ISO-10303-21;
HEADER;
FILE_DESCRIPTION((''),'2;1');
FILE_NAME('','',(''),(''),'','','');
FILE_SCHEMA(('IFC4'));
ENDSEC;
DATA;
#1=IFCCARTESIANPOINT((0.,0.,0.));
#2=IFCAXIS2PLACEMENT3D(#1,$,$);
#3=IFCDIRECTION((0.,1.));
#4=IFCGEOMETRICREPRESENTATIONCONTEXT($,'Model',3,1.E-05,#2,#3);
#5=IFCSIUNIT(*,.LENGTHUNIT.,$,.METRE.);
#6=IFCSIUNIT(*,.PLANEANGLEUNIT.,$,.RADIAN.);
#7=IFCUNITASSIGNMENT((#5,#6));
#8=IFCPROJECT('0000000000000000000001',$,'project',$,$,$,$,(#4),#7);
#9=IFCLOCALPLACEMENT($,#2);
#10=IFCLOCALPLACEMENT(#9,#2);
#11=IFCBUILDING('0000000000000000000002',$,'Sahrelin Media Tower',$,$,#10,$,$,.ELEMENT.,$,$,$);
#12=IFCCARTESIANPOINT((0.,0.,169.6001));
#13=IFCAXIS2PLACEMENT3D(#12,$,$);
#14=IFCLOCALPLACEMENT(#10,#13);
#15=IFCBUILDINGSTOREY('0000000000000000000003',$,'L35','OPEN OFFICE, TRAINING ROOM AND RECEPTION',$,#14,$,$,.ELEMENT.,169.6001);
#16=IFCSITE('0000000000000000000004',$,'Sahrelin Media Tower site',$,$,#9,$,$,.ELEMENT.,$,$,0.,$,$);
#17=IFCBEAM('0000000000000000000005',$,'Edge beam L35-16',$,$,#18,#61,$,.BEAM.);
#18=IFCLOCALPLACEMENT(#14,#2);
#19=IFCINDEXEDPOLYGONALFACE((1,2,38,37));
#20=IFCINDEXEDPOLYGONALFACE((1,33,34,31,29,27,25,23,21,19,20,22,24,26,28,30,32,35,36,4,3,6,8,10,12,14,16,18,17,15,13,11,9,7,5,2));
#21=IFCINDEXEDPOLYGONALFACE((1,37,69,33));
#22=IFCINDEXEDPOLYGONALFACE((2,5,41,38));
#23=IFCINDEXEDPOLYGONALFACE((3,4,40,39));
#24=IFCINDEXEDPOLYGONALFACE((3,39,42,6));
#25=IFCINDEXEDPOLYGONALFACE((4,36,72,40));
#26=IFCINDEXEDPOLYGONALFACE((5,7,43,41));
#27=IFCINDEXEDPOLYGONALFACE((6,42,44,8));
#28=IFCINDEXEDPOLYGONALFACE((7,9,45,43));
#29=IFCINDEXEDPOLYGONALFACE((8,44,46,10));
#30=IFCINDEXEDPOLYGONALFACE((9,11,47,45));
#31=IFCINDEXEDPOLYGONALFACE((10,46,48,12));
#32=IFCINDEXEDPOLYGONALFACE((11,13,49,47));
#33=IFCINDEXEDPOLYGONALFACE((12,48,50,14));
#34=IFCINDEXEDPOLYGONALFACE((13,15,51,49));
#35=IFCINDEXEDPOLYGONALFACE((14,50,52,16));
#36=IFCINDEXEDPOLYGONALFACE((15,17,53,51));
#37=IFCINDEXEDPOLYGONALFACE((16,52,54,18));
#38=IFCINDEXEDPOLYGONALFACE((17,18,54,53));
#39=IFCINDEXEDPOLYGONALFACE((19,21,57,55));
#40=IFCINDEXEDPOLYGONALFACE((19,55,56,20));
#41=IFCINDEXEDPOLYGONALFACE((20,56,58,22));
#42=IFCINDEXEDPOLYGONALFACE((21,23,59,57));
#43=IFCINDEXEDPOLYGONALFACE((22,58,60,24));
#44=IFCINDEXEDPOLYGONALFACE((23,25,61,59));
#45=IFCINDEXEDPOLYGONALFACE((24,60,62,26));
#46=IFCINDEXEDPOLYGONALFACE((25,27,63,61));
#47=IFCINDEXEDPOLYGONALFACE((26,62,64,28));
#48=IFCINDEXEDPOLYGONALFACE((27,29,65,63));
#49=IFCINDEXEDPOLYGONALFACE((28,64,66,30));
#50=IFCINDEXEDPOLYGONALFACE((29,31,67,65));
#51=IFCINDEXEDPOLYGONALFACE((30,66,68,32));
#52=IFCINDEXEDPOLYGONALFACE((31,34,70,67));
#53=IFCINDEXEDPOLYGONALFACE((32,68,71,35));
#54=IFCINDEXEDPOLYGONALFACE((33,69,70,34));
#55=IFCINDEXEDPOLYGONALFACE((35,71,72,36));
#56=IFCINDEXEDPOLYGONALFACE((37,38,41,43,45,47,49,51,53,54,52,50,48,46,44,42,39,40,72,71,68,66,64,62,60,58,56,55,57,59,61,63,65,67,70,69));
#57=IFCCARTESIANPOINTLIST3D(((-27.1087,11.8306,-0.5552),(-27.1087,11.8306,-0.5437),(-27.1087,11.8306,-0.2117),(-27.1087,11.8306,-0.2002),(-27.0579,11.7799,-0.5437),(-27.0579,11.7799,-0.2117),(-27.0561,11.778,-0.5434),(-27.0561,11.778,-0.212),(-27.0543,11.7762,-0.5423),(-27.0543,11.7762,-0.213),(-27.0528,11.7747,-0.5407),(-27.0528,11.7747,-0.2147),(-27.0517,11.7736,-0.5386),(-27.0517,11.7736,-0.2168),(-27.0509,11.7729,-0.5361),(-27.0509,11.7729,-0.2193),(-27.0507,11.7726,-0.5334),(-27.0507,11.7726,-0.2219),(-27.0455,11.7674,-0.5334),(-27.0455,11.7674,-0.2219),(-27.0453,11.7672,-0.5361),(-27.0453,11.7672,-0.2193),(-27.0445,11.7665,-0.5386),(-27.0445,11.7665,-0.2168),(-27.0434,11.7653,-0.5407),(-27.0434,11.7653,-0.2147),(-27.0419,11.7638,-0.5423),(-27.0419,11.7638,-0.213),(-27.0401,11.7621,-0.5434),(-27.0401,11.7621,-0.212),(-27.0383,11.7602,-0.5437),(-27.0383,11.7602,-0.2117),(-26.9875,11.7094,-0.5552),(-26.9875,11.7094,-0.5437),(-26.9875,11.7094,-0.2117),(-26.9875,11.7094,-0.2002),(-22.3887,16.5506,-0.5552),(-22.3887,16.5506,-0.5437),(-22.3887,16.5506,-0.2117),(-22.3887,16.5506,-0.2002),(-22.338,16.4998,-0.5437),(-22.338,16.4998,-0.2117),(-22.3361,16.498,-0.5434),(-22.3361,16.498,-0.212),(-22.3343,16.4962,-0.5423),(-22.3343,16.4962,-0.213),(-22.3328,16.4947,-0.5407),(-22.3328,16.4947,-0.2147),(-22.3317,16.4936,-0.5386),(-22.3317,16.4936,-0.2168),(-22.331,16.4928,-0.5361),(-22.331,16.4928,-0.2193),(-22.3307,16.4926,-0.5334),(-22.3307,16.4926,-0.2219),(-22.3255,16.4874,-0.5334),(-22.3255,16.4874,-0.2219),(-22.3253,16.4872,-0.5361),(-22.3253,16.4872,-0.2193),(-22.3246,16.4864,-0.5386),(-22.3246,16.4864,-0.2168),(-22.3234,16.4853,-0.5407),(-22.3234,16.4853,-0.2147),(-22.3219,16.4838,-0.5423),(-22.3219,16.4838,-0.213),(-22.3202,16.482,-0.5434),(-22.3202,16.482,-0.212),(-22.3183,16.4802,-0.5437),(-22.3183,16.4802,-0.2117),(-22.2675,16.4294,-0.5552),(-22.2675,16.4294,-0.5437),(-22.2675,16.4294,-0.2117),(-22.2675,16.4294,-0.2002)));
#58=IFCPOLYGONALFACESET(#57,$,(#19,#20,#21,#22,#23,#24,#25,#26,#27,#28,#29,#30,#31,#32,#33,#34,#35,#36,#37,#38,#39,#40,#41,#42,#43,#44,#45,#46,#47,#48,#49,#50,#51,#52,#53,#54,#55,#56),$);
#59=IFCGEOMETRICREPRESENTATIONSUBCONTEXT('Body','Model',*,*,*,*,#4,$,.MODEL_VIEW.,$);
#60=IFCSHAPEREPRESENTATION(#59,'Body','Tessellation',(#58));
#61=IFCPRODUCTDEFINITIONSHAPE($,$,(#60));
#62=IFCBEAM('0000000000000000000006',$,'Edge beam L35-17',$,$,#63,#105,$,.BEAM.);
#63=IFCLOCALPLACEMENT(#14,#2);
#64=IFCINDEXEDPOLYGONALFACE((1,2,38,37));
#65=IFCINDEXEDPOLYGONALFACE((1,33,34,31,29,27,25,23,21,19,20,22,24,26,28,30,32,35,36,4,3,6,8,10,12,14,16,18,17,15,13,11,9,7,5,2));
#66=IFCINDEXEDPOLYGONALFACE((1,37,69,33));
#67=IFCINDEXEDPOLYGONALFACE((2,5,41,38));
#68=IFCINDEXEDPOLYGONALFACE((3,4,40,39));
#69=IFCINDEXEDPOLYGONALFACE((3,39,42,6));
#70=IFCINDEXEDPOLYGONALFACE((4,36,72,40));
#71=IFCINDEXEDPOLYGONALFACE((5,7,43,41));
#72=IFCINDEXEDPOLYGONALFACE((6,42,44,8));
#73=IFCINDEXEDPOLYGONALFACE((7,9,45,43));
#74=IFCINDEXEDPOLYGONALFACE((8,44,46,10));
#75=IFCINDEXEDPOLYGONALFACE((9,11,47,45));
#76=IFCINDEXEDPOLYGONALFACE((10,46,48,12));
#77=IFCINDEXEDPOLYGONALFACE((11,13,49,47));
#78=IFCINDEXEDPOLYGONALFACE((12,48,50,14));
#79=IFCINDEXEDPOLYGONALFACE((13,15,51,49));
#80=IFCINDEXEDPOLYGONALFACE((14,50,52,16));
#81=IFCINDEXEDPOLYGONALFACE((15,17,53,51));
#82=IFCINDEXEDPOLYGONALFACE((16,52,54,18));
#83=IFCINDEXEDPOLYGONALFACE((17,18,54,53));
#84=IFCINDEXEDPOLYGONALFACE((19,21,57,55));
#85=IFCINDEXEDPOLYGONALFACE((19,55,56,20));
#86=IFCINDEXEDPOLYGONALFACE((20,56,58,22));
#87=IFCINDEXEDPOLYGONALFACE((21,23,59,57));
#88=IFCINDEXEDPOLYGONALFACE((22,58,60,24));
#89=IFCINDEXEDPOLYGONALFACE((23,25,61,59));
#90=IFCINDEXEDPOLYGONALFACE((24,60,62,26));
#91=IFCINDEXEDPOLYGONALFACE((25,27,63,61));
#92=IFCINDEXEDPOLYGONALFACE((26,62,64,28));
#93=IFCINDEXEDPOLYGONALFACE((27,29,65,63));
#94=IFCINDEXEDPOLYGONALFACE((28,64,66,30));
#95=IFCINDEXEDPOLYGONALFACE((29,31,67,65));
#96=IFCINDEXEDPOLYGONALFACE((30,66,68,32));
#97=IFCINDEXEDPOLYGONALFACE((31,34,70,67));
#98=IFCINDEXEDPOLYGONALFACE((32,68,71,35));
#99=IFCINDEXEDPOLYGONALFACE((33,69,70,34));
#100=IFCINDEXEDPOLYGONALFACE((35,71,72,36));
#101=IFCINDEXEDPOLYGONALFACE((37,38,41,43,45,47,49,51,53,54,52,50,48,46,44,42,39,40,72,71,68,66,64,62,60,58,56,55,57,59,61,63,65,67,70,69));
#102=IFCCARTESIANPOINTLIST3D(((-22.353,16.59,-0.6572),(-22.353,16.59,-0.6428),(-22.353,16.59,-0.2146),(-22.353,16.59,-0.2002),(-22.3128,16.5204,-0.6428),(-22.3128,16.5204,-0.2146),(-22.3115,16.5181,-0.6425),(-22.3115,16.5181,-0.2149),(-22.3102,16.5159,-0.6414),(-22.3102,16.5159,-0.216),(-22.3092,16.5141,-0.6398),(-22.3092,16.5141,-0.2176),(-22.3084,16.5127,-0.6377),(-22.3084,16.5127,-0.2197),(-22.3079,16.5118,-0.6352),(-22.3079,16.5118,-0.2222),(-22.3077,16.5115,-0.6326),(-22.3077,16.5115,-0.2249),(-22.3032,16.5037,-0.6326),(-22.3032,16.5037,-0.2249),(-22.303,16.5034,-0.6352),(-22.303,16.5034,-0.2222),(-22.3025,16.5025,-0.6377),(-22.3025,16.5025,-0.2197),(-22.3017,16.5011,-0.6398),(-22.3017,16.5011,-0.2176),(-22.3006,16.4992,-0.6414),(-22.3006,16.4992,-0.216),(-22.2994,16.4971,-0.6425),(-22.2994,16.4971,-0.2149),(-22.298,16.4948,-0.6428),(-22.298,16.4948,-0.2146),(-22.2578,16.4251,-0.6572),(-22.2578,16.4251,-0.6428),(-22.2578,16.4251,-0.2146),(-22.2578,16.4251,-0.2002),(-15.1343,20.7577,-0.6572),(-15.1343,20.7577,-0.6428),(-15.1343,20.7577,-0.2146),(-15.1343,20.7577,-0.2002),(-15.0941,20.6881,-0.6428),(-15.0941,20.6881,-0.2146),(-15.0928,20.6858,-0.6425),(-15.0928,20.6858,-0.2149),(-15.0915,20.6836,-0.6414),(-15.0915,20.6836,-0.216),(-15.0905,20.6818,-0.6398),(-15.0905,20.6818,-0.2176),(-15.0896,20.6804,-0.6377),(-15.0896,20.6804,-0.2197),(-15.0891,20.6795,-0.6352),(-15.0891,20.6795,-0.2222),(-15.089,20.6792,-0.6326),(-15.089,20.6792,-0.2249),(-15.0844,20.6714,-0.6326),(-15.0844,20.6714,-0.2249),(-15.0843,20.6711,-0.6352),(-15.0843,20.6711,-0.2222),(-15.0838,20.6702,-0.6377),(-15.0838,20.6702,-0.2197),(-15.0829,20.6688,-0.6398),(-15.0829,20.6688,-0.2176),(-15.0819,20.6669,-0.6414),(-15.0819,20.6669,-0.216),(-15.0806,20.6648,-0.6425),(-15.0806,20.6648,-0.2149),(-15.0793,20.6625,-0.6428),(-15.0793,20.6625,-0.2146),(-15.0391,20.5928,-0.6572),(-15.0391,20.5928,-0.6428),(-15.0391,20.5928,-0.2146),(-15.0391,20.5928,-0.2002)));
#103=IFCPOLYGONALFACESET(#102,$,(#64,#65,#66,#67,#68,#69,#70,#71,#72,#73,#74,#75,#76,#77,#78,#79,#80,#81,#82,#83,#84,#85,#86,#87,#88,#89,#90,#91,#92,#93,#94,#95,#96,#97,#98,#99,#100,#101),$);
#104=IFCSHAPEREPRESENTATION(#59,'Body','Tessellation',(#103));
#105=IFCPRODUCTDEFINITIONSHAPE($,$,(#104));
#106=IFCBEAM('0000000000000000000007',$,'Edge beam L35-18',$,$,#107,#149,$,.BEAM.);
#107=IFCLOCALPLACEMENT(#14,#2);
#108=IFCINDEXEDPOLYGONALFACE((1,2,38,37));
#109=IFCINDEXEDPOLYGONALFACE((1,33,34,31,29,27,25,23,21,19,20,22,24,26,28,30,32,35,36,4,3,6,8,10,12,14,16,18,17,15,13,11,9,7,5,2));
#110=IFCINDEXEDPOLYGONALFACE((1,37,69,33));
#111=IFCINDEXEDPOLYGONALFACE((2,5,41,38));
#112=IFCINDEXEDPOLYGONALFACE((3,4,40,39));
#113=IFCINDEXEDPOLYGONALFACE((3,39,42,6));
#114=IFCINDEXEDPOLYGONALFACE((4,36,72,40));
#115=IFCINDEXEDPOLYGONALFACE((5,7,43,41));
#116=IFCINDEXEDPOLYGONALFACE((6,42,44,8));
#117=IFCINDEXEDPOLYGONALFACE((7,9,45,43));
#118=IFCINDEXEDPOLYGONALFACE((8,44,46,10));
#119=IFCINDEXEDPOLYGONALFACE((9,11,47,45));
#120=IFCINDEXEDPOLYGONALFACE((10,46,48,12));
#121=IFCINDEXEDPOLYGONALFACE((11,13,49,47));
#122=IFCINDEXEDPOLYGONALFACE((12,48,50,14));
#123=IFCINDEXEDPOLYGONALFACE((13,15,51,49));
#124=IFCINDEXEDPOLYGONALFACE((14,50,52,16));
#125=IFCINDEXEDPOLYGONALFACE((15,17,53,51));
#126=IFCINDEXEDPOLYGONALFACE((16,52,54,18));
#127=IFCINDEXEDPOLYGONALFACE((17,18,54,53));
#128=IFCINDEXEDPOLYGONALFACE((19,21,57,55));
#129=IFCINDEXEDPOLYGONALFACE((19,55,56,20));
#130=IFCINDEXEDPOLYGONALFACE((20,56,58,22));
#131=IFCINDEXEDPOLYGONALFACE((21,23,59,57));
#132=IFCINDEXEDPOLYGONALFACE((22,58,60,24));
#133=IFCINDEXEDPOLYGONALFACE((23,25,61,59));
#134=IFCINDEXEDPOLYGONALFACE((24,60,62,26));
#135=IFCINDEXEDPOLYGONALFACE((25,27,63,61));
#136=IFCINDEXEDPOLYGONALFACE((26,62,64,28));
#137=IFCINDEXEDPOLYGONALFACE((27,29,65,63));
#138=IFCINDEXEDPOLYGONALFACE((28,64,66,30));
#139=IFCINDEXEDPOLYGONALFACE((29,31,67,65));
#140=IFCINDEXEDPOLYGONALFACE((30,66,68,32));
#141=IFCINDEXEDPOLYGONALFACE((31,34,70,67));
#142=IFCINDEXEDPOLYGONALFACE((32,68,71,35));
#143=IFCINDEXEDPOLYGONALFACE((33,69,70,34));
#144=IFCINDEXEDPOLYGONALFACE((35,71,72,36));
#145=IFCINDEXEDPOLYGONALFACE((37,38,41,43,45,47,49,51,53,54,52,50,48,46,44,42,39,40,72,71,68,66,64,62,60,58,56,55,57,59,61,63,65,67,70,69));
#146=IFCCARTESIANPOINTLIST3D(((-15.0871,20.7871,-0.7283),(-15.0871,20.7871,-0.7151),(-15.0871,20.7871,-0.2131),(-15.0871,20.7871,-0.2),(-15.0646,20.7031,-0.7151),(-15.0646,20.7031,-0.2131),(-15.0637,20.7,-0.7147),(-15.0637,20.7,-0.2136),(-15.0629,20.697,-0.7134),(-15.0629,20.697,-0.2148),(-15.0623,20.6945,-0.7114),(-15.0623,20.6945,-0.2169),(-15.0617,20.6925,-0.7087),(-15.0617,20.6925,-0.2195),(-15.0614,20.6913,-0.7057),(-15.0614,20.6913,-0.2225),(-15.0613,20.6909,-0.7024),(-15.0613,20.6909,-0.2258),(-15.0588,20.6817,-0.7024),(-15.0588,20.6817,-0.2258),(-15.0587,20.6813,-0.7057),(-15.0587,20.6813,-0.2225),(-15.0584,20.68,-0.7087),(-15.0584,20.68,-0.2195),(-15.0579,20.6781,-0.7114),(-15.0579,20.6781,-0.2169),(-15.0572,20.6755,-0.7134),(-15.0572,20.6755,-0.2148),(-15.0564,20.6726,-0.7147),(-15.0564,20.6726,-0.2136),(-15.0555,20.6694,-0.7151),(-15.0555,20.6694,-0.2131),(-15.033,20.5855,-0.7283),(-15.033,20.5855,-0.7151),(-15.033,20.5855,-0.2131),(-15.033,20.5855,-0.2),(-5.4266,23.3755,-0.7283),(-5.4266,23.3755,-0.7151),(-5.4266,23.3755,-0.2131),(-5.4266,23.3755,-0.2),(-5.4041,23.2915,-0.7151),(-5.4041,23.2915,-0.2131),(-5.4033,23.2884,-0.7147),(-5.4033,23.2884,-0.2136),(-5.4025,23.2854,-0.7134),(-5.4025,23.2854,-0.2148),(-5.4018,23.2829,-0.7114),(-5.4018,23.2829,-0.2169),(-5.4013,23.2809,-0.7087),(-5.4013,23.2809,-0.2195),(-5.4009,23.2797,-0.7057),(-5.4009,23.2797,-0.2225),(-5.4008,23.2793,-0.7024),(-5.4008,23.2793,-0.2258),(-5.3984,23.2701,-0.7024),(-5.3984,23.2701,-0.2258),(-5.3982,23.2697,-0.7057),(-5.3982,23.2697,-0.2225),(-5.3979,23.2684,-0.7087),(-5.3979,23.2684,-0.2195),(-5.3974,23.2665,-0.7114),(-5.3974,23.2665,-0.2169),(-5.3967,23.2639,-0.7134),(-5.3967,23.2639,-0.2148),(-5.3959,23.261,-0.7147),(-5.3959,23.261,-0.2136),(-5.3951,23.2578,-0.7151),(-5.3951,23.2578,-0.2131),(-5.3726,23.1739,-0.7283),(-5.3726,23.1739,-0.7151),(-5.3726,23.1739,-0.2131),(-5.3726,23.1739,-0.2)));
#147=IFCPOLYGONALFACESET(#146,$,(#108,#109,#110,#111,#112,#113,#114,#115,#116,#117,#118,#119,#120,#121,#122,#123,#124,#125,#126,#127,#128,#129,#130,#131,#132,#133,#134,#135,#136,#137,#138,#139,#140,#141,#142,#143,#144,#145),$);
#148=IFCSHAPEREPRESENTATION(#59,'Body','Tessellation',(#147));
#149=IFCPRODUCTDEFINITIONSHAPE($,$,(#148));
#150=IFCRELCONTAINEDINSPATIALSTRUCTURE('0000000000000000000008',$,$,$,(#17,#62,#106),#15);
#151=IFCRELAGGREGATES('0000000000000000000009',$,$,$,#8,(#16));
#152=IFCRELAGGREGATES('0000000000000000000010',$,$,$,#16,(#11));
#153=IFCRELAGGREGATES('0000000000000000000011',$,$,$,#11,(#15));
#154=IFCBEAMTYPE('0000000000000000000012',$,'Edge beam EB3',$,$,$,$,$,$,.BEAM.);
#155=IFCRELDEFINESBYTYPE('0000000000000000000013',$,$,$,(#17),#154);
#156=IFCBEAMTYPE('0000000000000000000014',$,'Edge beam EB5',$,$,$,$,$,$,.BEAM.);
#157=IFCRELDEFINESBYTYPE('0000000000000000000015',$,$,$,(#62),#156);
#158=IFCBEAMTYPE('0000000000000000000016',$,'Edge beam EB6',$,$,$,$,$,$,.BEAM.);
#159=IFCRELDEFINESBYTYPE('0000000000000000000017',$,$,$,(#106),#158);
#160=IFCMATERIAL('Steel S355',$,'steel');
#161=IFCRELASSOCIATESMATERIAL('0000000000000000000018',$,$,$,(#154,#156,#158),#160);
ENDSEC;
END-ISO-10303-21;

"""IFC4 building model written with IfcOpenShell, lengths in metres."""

from ifc_helpers import new_model, si_unit, direction, frame, origin, origin_2d, place, context, subcontext, project, spatial, i_section, extrude, material, material_profile, profile_set, type_object, element, save


model = new_model("IFC4")

# Units and contexts
model_context = context("Model", 3, precision=1e-05, world=origin(), true_north=direction((0.0, 1.0)))
body_context = subcontext(model_context, "Body", "Model", "MODEL_VIEW")
ifc_project = project(units=[si_unit("LENGTHUNIT", "METRE"), si_unit("PLANEANGLEUNIT", "RADIAN")], contexts=[model_context])

# Site, building, storey
site_placement = place(None, origin())
site = spatial("IfcSite", under=ifc_project, at=site_placement, Name="Sahrelin Media Tower site", CompositionType="ELEMENT", RefElevation=0.0)
building_placement = place(site_placement, origin())
building = spatial("IfcBuilding", under=site, at=building_placement, Name="Sahrelin Media Tower", CompositionType="ELEMENT")
storey_placement = place(building_placement, frame((0.0, 0.0, 169.6001)))
storey = spatial("IfcBuildingStorey", under=building, at=storey_placement, Name="L35", Description="OPEN OFFICE, TRAINING ROOM AND RECEPTION", CompositionType="ELEMENT", Elevation=169.6001)

# Beams
ifc_material_1 = material(Name="Steel S355", Category="steel")
ifc_material_profile_1 = material_profile(ifc_material_1, i_section(OverallWidth=0.1714, OverallDepth=0.355, WebThickness=0.0073, FlangeThickness=0.0115, FilletRadius=0.0103, at=origin_2d()), Name="UB 356x171x51")
ifc_profile_set_1 = profile_set([ifc_material_profile_1], Name="Steel S355")
beam_type_1 = type_object("IfcBeamType", Name="Edge beam EB3", PredefinedType="BEAM", material=ifc_profile_set_1)
beam_1_placement = place(storey_placement, frame((-27.0481, 11.77, -0.3777), z_axis=(0.707107, 0.707107, 0.0), x_axis=(-0.707107, 0.707107, 0.0)))
element("IfcBeam", 1, at=beam_1_placement, inside=storey, type_object=beam_type_1, Name="Edge beam L35-16", PredefinedType="BEAM", context=body_context, shape_type="SweptSolid", body=[
    extrude(i_section(OverallWidth=0.1714, OverallDepth=0.355, WebThickness=0.0073, FlangeThickness=0.0115, FilletRadius=0.0103, at=origin_2d()), origin(), (0.0, 0.0, 1.0), 6.675),
])
ifc_material_profile_2 = material_profile(ifc_material_1, i_section(OverallWidth=0.1904, OverallDepth=0.457, WebThickness=0.009, FlangeThickness=0.0144, FilletRadius=0.0103, at=origin_2d()), Name="UB 457x191x74")
ifc_profile_set_2 = profile_set([ifc_material_profile_2], Name="Steel S355")
beam_type_2 = type_object("IfcBeamType", Name="Edge beam EB5", PredefinedType="BEAM", material=ifc_profile_set_2)
beam_2_placement = place(storey_placement, frame((-22.3054, 16.5076, -0.4287), z_axis=(0.866027, 0.499998, 0.0), x_axis=(-0.499998, 0.866027, 0.0)))
element("IfcBeam", 2, at=beam_2_placement, inside=storey, type_object=beam_type_2, Name="Edge beam L35-17", PredefinedType="BEAM", context=body_context, shape_type="SweptSolid", body=[
    extrude(i_section(OverallWidth=0.1904, OverallDepth=0.457, WebThickness=0.009, FlangeThickness=0.0144, FilletRadius=0.0103, at=origin_2d()), origin(), (0.0, 0.0, 1.0), 8.3354),
])
ifc_material_profile_3 = material_profile(ifc_material_1, i_section(OverallWidth=0.2087, OverallDepth=0.5283, WebThickness=0.0095, FlangeThickness=0.0132, FilletRadius=0.0127, at=origin_2d()), Name="UB 533x210x82")
ifc_profile_set_3 = profile_set([ifc_material_profile_3], Name="Steel S355")
beam_type_3 = type_object("IfcBeamType", Name="Edge beam EB6", PredefinedType="BEAM", material=ifc_profile_set_3)
beam_3_placement = place(storey_placement, frame((-15.0601, 20.6863, -0.4641), z_axis=(0.965929, 0.258808, 0.0), x_axis=(-0.258808, 0.965929, 0.0)))
element("IfcBeam", 3, at=beam_3_placement, inside=storey, type_object=beam_type_3, Name="Edge beam L35-18", PredefinedType="BEAM", context=body_context, shape_type="SweptSolid", body=[
    extrude(i_section(OverallWidth=0.2087, OverallDepth=0.5283, WebThickness=0.0095, FlangeThickness=0.0132, FilletRadius=0.0127, at=origin_2d()), origin(), (0.0, 0.0, 1.0), 10.0012),
])

save(model, "model.ifc")
